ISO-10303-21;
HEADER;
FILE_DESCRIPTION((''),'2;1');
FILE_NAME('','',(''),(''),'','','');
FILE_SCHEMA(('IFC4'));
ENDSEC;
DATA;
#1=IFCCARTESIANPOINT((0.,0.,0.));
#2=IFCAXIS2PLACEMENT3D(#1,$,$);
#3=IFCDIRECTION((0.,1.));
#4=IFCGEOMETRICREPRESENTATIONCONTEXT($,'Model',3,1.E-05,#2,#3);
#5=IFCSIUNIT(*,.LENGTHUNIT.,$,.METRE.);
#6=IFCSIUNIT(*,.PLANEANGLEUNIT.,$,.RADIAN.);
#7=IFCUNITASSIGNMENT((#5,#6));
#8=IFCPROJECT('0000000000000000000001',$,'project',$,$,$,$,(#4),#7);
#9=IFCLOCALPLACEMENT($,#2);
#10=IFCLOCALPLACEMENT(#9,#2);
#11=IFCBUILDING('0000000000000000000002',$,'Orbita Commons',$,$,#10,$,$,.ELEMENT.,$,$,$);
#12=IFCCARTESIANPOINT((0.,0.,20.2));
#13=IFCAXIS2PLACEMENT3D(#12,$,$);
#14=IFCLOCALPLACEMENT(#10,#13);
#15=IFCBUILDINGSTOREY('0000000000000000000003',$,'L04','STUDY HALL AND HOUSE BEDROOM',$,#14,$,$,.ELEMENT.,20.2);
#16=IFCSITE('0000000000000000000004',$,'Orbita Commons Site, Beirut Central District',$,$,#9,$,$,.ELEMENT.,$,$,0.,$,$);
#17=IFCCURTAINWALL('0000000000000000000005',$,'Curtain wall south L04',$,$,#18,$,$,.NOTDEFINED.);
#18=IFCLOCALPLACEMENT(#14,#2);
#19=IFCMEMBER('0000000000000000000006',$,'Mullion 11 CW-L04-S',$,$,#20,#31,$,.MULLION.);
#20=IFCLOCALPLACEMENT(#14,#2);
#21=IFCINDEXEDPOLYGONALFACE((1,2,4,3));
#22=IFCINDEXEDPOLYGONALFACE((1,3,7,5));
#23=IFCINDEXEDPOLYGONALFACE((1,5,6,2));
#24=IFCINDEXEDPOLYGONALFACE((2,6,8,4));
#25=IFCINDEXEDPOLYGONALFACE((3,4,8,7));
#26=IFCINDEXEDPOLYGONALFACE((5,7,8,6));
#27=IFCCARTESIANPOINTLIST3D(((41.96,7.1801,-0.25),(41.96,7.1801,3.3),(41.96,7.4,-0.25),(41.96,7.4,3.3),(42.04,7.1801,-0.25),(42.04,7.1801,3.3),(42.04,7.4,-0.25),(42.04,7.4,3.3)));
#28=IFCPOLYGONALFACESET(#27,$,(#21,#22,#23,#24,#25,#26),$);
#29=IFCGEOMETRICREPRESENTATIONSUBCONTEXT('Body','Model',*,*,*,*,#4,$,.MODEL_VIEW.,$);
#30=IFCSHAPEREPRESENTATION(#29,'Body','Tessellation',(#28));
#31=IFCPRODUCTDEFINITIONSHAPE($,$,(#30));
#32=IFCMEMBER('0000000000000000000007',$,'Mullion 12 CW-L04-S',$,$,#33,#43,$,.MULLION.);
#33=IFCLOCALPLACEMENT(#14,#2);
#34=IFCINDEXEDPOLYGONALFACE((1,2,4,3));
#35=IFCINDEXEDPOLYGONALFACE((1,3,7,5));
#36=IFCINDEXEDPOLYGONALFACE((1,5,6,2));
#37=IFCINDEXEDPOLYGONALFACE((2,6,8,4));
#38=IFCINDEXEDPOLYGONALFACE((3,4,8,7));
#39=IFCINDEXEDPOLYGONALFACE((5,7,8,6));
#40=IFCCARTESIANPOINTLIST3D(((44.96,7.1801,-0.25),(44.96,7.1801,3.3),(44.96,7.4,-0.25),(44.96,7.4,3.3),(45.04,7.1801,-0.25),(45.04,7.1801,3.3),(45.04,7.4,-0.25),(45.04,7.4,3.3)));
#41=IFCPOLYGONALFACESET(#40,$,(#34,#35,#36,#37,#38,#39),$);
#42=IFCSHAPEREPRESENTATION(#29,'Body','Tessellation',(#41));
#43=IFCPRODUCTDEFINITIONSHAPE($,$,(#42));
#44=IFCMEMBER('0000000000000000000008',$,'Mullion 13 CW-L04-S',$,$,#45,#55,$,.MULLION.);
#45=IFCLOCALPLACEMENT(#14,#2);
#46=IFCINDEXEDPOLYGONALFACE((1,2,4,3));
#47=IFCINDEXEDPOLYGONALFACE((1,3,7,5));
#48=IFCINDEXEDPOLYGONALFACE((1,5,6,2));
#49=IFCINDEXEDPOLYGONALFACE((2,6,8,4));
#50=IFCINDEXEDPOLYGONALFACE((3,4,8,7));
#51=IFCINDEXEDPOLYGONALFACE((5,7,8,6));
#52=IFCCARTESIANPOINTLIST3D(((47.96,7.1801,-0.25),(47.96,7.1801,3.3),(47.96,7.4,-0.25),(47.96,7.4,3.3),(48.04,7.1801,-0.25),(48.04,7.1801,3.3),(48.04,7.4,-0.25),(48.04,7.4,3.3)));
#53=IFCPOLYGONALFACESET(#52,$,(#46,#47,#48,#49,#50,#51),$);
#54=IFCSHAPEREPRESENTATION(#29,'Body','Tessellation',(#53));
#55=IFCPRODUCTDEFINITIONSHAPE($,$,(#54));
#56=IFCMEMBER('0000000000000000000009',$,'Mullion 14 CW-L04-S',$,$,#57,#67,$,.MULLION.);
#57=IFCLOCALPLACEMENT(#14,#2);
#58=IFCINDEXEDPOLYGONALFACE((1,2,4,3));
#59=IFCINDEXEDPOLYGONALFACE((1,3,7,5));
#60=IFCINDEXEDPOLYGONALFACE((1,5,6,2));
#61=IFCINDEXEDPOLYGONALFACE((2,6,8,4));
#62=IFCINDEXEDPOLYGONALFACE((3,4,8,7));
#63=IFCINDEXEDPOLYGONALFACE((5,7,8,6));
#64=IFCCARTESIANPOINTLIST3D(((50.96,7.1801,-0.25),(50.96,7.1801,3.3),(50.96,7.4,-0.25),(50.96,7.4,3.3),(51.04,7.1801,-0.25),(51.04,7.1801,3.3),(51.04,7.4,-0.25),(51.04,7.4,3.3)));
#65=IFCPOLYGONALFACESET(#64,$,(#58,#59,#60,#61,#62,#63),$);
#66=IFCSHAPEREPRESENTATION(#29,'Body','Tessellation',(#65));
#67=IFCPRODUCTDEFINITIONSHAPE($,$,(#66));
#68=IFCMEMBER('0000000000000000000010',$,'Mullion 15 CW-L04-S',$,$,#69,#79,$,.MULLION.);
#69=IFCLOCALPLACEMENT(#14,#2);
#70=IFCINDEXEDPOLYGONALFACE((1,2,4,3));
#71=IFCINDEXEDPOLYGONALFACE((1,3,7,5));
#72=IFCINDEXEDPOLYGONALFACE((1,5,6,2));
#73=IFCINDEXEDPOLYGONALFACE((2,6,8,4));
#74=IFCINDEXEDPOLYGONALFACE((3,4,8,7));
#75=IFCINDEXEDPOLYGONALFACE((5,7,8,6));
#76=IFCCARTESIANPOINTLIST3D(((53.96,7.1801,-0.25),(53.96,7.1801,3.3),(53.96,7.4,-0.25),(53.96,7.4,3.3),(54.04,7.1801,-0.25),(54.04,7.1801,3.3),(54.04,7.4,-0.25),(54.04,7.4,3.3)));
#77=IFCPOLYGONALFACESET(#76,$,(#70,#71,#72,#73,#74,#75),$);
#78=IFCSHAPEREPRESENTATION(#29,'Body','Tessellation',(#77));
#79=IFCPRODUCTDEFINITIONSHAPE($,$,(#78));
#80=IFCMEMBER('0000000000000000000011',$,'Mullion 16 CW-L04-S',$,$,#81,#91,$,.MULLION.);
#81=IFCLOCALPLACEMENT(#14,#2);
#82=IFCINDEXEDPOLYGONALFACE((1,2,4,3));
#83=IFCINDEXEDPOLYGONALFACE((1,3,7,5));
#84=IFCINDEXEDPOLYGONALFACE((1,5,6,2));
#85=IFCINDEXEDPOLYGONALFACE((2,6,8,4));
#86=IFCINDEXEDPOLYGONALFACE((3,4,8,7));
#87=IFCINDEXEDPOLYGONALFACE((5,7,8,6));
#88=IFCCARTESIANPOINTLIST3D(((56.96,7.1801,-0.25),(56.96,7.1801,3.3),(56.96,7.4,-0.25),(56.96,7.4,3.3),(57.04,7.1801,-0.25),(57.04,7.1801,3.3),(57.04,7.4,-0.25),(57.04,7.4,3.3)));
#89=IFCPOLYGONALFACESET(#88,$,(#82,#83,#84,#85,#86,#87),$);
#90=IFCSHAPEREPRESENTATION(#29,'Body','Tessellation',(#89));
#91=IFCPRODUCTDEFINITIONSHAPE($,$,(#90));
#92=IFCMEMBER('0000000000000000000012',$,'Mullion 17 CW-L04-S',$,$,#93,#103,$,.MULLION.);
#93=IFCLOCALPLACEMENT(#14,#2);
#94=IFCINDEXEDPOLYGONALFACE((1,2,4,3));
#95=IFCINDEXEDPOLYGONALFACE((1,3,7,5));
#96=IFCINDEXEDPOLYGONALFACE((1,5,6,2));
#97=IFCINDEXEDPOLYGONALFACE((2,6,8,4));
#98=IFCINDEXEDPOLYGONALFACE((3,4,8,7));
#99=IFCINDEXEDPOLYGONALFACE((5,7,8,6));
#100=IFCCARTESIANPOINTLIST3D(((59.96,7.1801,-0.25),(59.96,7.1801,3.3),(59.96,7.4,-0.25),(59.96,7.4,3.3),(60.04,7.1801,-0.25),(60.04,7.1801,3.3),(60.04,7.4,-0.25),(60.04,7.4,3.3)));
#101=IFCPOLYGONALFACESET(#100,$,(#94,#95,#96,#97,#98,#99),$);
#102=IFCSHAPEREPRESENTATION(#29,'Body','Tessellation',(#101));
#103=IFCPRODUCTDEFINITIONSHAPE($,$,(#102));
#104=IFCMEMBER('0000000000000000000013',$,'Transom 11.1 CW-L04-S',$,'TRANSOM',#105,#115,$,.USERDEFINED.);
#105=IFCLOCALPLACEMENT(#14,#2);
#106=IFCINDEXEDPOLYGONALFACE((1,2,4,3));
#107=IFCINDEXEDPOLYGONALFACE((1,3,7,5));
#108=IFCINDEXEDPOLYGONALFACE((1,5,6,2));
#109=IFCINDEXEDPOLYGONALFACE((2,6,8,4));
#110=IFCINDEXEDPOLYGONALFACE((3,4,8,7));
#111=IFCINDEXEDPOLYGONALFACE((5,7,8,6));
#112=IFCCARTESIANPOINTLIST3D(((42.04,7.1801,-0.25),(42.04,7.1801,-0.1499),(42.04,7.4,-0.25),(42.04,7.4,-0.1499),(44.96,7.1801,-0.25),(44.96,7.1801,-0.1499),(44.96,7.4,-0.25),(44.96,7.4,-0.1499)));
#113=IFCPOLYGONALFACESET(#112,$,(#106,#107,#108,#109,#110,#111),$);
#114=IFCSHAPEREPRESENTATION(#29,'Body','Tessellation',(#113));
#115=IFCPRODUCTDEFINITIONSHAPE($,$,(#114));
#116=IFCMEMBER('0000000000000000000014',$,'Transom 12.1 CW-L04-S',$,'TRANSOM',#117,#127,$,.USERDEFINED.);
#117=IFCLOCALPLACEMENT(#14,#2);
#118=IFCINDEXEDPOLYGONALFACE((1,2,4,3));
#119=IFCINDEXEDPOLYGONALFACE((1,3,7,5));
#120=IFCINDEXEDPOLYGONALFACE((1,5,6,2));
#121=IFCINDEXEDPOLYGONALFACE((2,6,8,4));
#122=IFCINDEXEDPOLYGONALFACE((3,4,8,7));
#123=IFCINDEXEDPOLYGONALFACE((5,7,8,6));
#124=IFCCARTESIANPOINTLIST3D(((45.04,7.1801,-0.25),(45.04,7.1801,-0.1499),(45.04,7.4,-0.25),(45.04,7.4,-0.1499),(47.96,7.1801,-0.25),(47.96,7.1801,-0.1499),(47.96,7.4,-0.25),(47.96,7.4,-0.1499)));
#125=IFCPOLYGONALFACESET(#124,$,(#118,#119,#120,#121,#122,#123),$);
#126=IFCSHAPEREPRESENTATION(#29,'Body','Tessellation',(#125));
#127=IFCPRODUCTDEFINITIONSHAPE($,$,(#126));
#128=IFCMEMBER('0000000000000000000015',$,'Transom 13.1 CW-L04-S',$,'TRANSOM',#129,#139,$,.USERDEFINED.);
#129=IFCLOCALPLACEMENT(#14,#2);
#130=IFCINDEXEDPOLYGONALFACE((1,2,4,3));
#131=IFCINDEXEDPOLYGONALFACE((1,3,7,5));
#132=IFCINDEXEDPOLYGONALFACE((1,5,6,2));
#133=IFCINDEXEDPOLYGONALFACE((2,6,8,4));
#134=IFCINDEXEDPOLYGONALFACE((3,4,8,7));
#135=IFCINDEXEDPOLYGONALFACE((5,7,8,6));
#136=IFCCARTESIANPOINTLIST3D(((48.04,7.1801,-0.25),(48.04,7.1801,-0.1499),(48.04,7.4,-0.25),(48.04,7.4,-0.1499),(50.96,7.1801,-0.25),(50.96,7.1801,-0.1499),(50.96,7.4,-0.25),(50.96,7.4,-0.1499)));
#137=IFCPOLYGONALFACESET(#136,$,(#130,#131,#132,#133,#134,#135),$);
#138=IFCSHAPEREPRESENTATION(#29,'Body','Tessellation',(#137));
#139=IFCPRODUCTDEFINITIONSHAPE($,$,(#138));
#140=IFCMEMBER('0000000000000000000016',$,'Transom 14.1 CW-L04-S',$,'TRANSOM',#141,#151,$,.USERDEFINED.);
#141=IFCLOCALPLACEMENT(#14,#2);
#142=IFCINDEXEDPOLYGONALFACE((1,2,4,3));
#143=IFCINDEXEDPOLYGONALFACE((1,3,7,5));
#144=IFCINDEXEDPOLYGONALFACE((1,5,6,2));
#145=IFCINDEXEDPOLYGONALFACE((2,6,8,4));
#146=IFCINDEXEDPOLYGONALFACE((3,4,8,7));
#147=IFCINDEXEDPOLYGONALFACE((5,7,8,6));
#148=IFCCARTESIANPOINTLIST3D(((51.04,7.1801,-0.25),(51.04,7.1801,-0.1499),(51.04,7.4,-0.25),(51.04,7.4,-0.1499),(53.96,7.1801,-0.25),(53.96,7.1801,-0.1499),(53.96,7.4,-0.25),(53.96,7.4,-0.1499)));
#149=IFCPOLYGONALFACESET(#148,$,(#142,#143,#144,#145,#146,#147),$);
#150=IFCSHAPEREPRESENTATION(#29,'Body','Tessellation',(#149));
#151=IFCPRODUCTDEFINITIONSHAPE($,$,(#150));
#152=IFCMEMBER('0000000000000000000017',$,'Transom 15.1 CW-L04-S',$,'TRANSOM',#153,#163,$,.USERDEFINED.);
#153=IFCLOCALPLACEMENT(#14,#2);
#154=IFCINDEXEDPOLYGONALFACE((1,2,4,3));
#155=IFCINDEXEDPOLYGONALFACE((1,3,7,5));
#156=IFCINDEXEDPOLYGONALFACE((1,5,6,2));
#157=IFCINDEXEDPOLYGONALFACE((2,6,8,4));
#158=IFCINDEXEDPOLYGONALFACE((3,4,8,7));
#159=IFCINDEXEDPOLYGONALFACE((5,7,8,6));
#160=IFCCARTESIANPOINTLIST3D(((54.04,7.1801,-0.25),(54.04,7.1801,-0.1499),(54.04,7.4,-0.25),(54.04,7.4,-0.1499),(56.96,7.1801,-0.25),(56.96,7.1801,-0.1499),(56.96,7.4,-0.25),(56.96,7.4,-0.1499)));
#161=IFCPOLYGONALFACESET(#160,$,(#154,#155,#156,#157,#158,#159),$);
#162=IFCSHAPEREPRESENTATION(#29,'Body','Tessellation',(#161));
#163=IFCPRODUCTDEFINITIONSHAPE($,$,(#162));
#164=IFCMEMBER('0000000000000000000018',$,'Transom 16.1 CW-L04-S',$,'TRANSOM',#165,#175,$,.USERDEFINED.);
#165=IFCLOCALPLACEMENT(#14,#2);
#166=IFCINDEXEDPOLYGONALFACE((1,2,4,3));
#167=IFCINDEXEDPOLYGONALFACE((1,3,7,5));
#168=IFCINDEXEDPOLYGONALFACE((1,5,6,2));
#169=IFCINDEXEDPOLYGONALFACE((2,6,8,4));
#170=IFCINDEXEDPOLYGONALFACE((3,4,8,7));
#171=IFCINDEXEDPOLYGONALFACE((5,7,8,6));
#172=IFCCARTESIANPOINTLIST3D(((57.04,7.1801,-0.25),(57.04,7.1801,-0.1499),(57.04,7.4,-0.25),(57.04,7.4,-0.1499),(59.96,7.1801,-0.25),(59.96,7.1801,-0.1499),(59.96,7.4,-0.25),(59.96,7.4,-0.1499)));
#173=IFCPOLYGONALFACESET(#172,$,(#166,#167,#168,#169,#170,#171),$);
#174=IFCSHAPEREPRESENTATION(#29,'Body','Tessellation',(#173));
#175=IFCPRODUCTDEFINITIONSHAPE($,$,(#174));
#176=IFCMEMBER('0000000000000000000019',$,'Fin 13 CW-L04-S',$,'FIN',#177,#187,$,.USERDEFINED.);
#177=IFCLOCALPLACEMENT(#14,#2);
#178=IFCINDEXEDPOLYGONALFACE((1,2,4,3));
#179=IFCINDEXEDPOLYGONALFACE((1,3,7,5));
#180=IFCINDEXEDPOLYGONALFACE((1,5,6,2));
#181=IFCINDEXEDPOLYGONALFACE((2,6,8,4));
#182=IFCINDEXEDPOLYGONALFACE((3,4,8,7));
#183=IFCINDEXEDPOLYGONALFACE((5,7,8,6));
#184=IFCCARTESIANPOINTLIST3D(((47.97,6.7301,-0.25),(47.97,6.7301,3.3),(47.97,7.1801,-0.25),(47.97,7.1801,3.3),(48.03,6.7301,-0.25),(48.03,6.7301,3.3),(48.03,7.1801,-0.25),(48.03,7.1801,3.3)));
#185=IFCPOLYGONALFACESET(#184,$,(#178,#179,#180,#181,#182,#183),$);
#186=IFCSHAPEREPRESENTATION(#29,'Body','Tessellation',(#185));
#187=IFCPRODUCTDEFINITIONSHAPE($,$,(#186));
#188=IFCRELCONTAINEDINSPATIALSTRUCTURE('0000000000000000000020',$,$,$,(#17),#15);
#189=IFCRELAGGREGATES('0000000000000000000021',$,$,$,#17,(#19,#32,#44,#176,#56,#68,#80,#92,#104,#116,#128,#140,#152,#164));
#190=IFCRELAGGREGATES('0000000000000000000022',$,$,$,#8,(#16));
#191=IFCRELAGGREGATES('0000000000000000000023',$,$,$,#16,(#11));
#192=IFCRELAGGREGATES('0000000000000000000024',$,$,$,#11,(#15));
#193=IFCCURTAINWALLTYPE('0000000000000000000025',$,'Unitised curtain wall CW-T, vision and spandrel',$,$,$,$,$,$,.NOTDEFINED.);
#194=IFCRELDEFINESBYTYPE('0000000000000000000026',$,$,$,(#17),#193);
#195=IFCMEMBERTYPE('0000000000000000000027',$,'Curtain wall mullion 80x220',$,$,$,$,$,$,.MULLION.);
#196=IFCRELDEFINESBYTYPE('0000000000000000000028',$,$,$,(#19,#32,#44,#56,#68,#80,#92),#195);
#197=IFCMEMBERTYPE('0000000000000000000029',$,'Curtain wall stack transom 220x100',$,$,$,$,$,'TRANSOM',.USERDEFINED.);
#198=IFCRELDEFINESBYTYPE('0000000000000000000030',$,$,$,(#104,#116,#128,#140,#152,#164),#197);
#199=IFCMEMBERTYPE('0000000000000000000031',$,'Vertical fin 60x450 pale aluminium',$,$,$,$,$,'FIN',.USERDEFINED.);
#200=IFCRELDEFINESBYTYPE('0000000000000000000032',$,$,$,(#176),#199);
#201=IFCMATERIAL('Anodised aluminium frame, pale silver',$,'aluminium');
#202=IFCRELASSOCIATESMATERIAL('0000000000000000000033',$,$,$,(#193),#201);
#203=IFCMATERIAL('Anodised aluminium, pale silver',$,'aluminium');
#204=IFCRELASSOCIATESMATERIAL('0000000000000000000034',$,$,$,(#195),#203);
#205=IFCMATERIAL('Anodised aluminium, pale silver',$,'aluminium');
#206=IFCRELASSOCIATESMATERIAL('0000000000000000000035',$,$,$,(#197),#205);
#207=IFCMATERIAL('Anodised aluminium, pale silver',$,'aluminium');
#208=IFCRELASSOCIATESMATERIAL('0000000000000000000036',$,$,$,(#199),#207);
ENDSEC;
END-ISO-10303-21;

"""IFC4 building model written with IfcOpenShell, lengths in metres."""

from ifc_helpers import new_model, si_unit, direction, frame, origin, origin_2d, place, context, subcontext, project, spatial, rectangle, extrude, material, material_profile, profile_set, type_object, element, aggregate, save


model = new_model("IFC4")

# Units and contexts
model_context = context("Model", 3, precision=1e-05, world=origin(), true_north=direction((0.0, 1.0)))
body_context = subcontext(model_context, "Body", "Model", "MODEL_VIEW")
ifc_project = project(units=[si_unit("LENGTHUNIT", "METRE"), si_unit("PLANEANGLEUNIT", "RADIAN")], contexts=[model_context])

# Site, building, storey
site_placement = place(None, origin())
site = spatial("IfcSite", under=ifc_project, at=site_placement, Name="Orbita Commons Site, Beirut Central District", CompositionType="ELEMENT", RefElevation=0.0)
building_placement = place(site_placement, origin())
building = spatial("IfcBuilding", under=site, at=building_placement, Name="Orbita Commons", CompositionType="ELEMENT")
storey_placement = place(building_placement, frame((0.0, 0.0, 20.2)))
storey = spatial("IfcBuildingStorey", under=building, at=storey_placement, Name="L04", Description="STUDY HALL AND HOUSE BEDROOM", CompositionType="ELEMENT", Elevation=20.2)

# Curtain wall, members
ifc_material_1 = material(Name="Anodised aluminium frame, pale silver", Category="aluminium")
curtain_wall_type = type_object("IfcCurtainWallType", Name="Unitised curtain wall CW-T, vision and spandrel", PredefinedType="NOTDEFINED", material=ifc_material_1)
curtain_wall_placement = place(storey_placement, origin())
curtain_wall = element("IfcCurtainWall", 1, at=curtain_wall_placement, inside=storey, type_object=curtain_wall_type, Name="Curtain wall south L04", PredefinedType="NOTDEFINED")
ifc_material_2 = material(Name="Anodised aluminium, pale silver", Category="aluminium")
ifc_material_profile_1 = material_profile(ifc_material_2, rectangle(XDim=0.0801, YDim=0.22, at=origin_2d()), Name="AL 80x220")
ifc_profile_set_1 = profile_set([ifc_material_profile_1], Name="Anodised aluminium, pale silver")
member_type_1 = type_object("IfcMemberType", Name="Curtain wall mullion 80x220", PredefinedType="MULLION", material=ifc_profile_set_1)
member_1_placement = place(storey_placement, frame((42.0, 7.29, -0.25), z_axis=(0.0, 0.0, 1.0), x_axis=(1.0, 0.0, 0.0)))
member_1 = element("IfcMember", 2, at=member_1_placement, type_object=member_type_1, Name="Mullion 11 CW-L04-S", PredefinedType="MULLION", context=body_context, shape_type="SweptSolid", body=[
    extrude(rectangle(XDim=0.0801, YDim=0.22, at=origin_2d()), origin(), (0.0, 0.0, 1.0), 3.55),
])
member_2_placement = place(storey_placement, frame((45.0, 7.29, -0.25), z_axis=(0.0, 0.0, 1.0), x_axis=(1.0, 0.0, 0.0)))
member_2 = element("IfcMember", 3, at=member_2_placement, type_object=member_type_1, Name="Mullion 12 CW-L04-S", PredefinedType="MULLION", context=body_context, shape_type="SweptSolid", body=[
    extrude(rectangle(XDim=0.0801, YDim=0.22, at=origin_2d()), origin(), (0.0, 0.0, 1.0), 3.55),
])
member_3_placement = place(storey_placement, frame((48.0, 7.29, -0.25), z_axis=(0.0, 0.0, 1.0), x_axis=(1.0, 0.0, 0.0)))
member_3 = element("IfcMember", 4, at=member_3_placement, type_object=member_type_1, Name="Mullion 13 CW-L04-S", PredefinedType="MULLION", context=body_context, shape_type="SweptSolid", body=[
    extrude(rectangle(XDim=0.0801, YDim=0.22, at=origin_2d()), origin(), (0.0, 0.0, 1.0), 3.55),
])
member_4_placement = place(storey_placement, frame((51.0, 7.29, -0.25), z_axis=(0.0, 0.0, 1.0), x_axis=(1.0, 0.0, 0.0)))
member_4 = element("IfcMember", 5, at=member_4_placement, type_object=member_type_1, Name="Mullion 14 CW-L04-S", PredefinedType="MULLION", context=body_context, shape_type="SweptSolid", body=[
    extrude(rectangle(XDim=0.0801, YDim=0.22, at=origin_2d()), origin(), (0.0, 0.0, 1.0), 3.55),
])
member_5_placement = place(storey_placement, frame((54.0, 7.29, -0.25), z_axis=(0.0, 0.0, 1.0), x_axis=(1.0, 0.0, 0.0)))
member_5 = element("IfcMember", 6, at=member_5_placement, type_object=member_type_1, Name="Mullion 15 CW-L04-S", PredefinedType="MULLION", context=body_context, shape_type="SweptSolid", body=[
    extrude(rectangle(XDim=0.0801, YDim=0.22, at=origin_2d()), origin(), (0.0, 0.0, 1.0), 3.55),
])
member_6_placement = place(storey_placement, frame((57.0, 7.29, -0.25), z_axis=(0.0, 0.0, 1.0), x_axis=(1.0, 0.0, 0.0)))
member_6 = element("IfcMember", 7, at=member_6_placement, type_object=member_type_1, Name="Mullion 16 CW-L04-S", PredefinedType="MULLION", context=body_context, shape_type="SweptSolid", body=[
    extrude(rectangle(XDim=0.0801, YDim=0.22, at=origin_2d()), origin(), (0.0, 0.0, 1.0), 3.55),
])
member_7_placement = place(storey_placement, frame((60.0, 7.29, -0.25), z_axis=(0.0, 0.0, 1.0), x_axis=(1.0, 0.0, 0.0)))
member_7 = element("IfcMember", 8, at=member_7_placement, type_object=member_type_1, Name="Mullion 17 CW-L04-S", PredefinedType="MULLION", context=body_context, shape_type="SweptSolid", body=[
    extrude(rectangle(XDim=0.0801, YDim=0.22, at=origin_2d()), origin(), (0.0, 0.0, 1.0), 3.55),
])
ifc_material_3 = material(Name="Anodised aluminium, pale silver", Category="aluminium")
ifc_material_profile_2 = material_profile(ifc_material_3, rectangle(XDim=0.22, YDim=0.1001, at=origin_2d()), Name="AL 220x100")
ifc_profile_set_2 = profile_set([ifc_material_profile_2], Name="Anodised aluminium, pale silver")
member_type_2 = type_object("IfcMemberType", Name="Curtain wall stack transom 220x100", ElementType="TRANSOM", PredefinedType="USERDEFINED", material=ifc_profile_set_2)
member_8_placement = place(storey_placement, frame((42.04, 7.29, -0.2), z_axis=(1.0, 0.0, 0.0), x_axis=(0.0, 1.0, 0.0)))
member_8 = element("IfcMember", 9, at=member_8_placement, type_object=member_type_2, Name="Transom 11.1 CW-L04-S", ObjectType="TRANSOM", PredefinedType="USERDEFINED", context=body_context, shape_type="SweptSolid", body=[
    extrude(rectangle(XDim=0.22, YDim=0.1001, at=origin_2d()), origin(), (0.0, 0.0, 1.0), 2.9199),
])
member_9_placement = place(storey_placement, frame((45.04, 7.29, -0.2), z_axis=(1.0, 0.0, 0.0), x_axis=(0.0, 1.0, 0.0)))
member_9 = element("IfcMember", 10, at=member_9_placement, type_object=member_type_2, Name="Transom 12.1 CW-L04-S", ObjectType="TRANSOM", PredefinedType="USERDEFINED", context=body_context, shape_type="SweptSolid", body=[
    extrude(rectangle(XDim=0.22, YDim=0.1001, at=origin_2d()), origin(), (0.0, 0.0, 1.0), 2.9199),
])
member_10_placement = place(storey_placement, frame((48.04, 7.29, -0.2), z_axis=(1.0, 0.0, 0.0), x_axis=(0.0, 1.0, 0.0)))
member_10 = element("IfcMember", 11, at=member_10_placement, type_object=member_type_2, Name="Transom 13.1 CW-L04-S", ObjectType="TRANSOM", PredefinedType="USERDEFINED", context=body_context, shape_type="SweptSolid", body=[
    extrude(rectangle(XDim=0.22, YDim=0.1001, at=origin_2d()), origin(), (0.0, 0.0, 1.0), 2.9199),
])
member_11_placement = place(storey_placement, frame((51.04, 7.29, -0.2), z_axis=(1.0, 0.0, 0.0), x_axis=(0.0, 1.0, 0.0)))
member_11 = element("IfcMember", 12, at=member_11_placement, type_object=member_type_2, Name="Transom 14.1 CW-L04-S", ObjectType="TRANSOM", PredefinedType="USERDEFINED", context=body_context, shape_type="SweptSolid", body=[
    extrude(rectangle(XDim=0.22, YDim=0.1001, at=origin_2d()), origin(), (0.0, 0.0, 1.0), 2.9199),
])
member_12_placement = place(storey_placement, frame((54.04, 7.29, -0.2), z_axis=(1.0, 0.0, 0.0), x_axis=(0.0, 1.0, 0.0)))
member_12 = element("IfcMember", 13, at=member_12_placement, type_object=member_type_2, Name="Transom 15.1 CW-L04-S", ObjectType="TRANSOM", PredefinedType="USERDEFINED", context=body_context, shape_type="SweptSolid", body=[
    extrude(rectangle(XDim=0.22, YDim=0.1001, at=origin_2d()), origin(), (0.0, 0.0, 1.0), 2.9199),
])
member_13_placement = place(storey_placement, frame((57.04, 7.29, -0.2), z_axis=(1.0, 0.0, 0.0), x_axis=(0.0, 1.0, 0.0)))
member_13 = element("IfcMember", 14, at=member_13_placement, type_object=member_type_2, Name="Transom 16.1 CW-L04-S", ObjectType="TRANSOM", PredefinedType="USERDEFINED", context=body_context, shape_type="SweptSolid", body=[
    extrude(rectangle(XDim=0.22, YDim=0.1001, at=origin_2d()), origin(), (0.0, 0.0, 1.0), 2.9199),
])
ifc_material_4 = material(Name="Anodised aluminium, pale silver", Category="aluminium")
ifc_material_profile_3 = material_profile(ifc_material_4, rectangle(XDim=0.0601, YDim=0.45, at=origin_2d()), Name="FIN 60x450")
ifc_profile_set_3 = profile_set([ifc_material_profile_3], Name="Anodised aluminium, pale silver")
member_type_3 = type_object("IfcMemberType", Name="Vertical fin 60x450 pale aluminium", ElementType="FIN", PredefinedType="USERDEFINED", material=ifc_profile_set_3)
member_14_placement = place(storey_placement, frame((48.0, 6.9551, -0.25), z_axis=(0.0, 0.0, 1.0), x_axis=(1.0, 0.0, 0.0)))
member_14 = element("IfcMember", 15, at=member_14_placement, type_object=member_type_3, Name="Fin 13 CW-L04-S", ObjectType="FIN", PredefinedType="USERDEFINED", context=body_context, shape_type="SweptSolid", body=[
    extrude(rectangle(XDim=0.0601, YDim=0.45, at=origin_2d()), origin(), (0.0, 0.0, 1.0), 3.55),
])
aggregate(curtain_wall, [member_1, member_2, member_3, member_14, member_4, member_5, member_6, member_7, member_8, member_9, member_10, member_11, member_12, member_13])

save(model, "model.ifc")
